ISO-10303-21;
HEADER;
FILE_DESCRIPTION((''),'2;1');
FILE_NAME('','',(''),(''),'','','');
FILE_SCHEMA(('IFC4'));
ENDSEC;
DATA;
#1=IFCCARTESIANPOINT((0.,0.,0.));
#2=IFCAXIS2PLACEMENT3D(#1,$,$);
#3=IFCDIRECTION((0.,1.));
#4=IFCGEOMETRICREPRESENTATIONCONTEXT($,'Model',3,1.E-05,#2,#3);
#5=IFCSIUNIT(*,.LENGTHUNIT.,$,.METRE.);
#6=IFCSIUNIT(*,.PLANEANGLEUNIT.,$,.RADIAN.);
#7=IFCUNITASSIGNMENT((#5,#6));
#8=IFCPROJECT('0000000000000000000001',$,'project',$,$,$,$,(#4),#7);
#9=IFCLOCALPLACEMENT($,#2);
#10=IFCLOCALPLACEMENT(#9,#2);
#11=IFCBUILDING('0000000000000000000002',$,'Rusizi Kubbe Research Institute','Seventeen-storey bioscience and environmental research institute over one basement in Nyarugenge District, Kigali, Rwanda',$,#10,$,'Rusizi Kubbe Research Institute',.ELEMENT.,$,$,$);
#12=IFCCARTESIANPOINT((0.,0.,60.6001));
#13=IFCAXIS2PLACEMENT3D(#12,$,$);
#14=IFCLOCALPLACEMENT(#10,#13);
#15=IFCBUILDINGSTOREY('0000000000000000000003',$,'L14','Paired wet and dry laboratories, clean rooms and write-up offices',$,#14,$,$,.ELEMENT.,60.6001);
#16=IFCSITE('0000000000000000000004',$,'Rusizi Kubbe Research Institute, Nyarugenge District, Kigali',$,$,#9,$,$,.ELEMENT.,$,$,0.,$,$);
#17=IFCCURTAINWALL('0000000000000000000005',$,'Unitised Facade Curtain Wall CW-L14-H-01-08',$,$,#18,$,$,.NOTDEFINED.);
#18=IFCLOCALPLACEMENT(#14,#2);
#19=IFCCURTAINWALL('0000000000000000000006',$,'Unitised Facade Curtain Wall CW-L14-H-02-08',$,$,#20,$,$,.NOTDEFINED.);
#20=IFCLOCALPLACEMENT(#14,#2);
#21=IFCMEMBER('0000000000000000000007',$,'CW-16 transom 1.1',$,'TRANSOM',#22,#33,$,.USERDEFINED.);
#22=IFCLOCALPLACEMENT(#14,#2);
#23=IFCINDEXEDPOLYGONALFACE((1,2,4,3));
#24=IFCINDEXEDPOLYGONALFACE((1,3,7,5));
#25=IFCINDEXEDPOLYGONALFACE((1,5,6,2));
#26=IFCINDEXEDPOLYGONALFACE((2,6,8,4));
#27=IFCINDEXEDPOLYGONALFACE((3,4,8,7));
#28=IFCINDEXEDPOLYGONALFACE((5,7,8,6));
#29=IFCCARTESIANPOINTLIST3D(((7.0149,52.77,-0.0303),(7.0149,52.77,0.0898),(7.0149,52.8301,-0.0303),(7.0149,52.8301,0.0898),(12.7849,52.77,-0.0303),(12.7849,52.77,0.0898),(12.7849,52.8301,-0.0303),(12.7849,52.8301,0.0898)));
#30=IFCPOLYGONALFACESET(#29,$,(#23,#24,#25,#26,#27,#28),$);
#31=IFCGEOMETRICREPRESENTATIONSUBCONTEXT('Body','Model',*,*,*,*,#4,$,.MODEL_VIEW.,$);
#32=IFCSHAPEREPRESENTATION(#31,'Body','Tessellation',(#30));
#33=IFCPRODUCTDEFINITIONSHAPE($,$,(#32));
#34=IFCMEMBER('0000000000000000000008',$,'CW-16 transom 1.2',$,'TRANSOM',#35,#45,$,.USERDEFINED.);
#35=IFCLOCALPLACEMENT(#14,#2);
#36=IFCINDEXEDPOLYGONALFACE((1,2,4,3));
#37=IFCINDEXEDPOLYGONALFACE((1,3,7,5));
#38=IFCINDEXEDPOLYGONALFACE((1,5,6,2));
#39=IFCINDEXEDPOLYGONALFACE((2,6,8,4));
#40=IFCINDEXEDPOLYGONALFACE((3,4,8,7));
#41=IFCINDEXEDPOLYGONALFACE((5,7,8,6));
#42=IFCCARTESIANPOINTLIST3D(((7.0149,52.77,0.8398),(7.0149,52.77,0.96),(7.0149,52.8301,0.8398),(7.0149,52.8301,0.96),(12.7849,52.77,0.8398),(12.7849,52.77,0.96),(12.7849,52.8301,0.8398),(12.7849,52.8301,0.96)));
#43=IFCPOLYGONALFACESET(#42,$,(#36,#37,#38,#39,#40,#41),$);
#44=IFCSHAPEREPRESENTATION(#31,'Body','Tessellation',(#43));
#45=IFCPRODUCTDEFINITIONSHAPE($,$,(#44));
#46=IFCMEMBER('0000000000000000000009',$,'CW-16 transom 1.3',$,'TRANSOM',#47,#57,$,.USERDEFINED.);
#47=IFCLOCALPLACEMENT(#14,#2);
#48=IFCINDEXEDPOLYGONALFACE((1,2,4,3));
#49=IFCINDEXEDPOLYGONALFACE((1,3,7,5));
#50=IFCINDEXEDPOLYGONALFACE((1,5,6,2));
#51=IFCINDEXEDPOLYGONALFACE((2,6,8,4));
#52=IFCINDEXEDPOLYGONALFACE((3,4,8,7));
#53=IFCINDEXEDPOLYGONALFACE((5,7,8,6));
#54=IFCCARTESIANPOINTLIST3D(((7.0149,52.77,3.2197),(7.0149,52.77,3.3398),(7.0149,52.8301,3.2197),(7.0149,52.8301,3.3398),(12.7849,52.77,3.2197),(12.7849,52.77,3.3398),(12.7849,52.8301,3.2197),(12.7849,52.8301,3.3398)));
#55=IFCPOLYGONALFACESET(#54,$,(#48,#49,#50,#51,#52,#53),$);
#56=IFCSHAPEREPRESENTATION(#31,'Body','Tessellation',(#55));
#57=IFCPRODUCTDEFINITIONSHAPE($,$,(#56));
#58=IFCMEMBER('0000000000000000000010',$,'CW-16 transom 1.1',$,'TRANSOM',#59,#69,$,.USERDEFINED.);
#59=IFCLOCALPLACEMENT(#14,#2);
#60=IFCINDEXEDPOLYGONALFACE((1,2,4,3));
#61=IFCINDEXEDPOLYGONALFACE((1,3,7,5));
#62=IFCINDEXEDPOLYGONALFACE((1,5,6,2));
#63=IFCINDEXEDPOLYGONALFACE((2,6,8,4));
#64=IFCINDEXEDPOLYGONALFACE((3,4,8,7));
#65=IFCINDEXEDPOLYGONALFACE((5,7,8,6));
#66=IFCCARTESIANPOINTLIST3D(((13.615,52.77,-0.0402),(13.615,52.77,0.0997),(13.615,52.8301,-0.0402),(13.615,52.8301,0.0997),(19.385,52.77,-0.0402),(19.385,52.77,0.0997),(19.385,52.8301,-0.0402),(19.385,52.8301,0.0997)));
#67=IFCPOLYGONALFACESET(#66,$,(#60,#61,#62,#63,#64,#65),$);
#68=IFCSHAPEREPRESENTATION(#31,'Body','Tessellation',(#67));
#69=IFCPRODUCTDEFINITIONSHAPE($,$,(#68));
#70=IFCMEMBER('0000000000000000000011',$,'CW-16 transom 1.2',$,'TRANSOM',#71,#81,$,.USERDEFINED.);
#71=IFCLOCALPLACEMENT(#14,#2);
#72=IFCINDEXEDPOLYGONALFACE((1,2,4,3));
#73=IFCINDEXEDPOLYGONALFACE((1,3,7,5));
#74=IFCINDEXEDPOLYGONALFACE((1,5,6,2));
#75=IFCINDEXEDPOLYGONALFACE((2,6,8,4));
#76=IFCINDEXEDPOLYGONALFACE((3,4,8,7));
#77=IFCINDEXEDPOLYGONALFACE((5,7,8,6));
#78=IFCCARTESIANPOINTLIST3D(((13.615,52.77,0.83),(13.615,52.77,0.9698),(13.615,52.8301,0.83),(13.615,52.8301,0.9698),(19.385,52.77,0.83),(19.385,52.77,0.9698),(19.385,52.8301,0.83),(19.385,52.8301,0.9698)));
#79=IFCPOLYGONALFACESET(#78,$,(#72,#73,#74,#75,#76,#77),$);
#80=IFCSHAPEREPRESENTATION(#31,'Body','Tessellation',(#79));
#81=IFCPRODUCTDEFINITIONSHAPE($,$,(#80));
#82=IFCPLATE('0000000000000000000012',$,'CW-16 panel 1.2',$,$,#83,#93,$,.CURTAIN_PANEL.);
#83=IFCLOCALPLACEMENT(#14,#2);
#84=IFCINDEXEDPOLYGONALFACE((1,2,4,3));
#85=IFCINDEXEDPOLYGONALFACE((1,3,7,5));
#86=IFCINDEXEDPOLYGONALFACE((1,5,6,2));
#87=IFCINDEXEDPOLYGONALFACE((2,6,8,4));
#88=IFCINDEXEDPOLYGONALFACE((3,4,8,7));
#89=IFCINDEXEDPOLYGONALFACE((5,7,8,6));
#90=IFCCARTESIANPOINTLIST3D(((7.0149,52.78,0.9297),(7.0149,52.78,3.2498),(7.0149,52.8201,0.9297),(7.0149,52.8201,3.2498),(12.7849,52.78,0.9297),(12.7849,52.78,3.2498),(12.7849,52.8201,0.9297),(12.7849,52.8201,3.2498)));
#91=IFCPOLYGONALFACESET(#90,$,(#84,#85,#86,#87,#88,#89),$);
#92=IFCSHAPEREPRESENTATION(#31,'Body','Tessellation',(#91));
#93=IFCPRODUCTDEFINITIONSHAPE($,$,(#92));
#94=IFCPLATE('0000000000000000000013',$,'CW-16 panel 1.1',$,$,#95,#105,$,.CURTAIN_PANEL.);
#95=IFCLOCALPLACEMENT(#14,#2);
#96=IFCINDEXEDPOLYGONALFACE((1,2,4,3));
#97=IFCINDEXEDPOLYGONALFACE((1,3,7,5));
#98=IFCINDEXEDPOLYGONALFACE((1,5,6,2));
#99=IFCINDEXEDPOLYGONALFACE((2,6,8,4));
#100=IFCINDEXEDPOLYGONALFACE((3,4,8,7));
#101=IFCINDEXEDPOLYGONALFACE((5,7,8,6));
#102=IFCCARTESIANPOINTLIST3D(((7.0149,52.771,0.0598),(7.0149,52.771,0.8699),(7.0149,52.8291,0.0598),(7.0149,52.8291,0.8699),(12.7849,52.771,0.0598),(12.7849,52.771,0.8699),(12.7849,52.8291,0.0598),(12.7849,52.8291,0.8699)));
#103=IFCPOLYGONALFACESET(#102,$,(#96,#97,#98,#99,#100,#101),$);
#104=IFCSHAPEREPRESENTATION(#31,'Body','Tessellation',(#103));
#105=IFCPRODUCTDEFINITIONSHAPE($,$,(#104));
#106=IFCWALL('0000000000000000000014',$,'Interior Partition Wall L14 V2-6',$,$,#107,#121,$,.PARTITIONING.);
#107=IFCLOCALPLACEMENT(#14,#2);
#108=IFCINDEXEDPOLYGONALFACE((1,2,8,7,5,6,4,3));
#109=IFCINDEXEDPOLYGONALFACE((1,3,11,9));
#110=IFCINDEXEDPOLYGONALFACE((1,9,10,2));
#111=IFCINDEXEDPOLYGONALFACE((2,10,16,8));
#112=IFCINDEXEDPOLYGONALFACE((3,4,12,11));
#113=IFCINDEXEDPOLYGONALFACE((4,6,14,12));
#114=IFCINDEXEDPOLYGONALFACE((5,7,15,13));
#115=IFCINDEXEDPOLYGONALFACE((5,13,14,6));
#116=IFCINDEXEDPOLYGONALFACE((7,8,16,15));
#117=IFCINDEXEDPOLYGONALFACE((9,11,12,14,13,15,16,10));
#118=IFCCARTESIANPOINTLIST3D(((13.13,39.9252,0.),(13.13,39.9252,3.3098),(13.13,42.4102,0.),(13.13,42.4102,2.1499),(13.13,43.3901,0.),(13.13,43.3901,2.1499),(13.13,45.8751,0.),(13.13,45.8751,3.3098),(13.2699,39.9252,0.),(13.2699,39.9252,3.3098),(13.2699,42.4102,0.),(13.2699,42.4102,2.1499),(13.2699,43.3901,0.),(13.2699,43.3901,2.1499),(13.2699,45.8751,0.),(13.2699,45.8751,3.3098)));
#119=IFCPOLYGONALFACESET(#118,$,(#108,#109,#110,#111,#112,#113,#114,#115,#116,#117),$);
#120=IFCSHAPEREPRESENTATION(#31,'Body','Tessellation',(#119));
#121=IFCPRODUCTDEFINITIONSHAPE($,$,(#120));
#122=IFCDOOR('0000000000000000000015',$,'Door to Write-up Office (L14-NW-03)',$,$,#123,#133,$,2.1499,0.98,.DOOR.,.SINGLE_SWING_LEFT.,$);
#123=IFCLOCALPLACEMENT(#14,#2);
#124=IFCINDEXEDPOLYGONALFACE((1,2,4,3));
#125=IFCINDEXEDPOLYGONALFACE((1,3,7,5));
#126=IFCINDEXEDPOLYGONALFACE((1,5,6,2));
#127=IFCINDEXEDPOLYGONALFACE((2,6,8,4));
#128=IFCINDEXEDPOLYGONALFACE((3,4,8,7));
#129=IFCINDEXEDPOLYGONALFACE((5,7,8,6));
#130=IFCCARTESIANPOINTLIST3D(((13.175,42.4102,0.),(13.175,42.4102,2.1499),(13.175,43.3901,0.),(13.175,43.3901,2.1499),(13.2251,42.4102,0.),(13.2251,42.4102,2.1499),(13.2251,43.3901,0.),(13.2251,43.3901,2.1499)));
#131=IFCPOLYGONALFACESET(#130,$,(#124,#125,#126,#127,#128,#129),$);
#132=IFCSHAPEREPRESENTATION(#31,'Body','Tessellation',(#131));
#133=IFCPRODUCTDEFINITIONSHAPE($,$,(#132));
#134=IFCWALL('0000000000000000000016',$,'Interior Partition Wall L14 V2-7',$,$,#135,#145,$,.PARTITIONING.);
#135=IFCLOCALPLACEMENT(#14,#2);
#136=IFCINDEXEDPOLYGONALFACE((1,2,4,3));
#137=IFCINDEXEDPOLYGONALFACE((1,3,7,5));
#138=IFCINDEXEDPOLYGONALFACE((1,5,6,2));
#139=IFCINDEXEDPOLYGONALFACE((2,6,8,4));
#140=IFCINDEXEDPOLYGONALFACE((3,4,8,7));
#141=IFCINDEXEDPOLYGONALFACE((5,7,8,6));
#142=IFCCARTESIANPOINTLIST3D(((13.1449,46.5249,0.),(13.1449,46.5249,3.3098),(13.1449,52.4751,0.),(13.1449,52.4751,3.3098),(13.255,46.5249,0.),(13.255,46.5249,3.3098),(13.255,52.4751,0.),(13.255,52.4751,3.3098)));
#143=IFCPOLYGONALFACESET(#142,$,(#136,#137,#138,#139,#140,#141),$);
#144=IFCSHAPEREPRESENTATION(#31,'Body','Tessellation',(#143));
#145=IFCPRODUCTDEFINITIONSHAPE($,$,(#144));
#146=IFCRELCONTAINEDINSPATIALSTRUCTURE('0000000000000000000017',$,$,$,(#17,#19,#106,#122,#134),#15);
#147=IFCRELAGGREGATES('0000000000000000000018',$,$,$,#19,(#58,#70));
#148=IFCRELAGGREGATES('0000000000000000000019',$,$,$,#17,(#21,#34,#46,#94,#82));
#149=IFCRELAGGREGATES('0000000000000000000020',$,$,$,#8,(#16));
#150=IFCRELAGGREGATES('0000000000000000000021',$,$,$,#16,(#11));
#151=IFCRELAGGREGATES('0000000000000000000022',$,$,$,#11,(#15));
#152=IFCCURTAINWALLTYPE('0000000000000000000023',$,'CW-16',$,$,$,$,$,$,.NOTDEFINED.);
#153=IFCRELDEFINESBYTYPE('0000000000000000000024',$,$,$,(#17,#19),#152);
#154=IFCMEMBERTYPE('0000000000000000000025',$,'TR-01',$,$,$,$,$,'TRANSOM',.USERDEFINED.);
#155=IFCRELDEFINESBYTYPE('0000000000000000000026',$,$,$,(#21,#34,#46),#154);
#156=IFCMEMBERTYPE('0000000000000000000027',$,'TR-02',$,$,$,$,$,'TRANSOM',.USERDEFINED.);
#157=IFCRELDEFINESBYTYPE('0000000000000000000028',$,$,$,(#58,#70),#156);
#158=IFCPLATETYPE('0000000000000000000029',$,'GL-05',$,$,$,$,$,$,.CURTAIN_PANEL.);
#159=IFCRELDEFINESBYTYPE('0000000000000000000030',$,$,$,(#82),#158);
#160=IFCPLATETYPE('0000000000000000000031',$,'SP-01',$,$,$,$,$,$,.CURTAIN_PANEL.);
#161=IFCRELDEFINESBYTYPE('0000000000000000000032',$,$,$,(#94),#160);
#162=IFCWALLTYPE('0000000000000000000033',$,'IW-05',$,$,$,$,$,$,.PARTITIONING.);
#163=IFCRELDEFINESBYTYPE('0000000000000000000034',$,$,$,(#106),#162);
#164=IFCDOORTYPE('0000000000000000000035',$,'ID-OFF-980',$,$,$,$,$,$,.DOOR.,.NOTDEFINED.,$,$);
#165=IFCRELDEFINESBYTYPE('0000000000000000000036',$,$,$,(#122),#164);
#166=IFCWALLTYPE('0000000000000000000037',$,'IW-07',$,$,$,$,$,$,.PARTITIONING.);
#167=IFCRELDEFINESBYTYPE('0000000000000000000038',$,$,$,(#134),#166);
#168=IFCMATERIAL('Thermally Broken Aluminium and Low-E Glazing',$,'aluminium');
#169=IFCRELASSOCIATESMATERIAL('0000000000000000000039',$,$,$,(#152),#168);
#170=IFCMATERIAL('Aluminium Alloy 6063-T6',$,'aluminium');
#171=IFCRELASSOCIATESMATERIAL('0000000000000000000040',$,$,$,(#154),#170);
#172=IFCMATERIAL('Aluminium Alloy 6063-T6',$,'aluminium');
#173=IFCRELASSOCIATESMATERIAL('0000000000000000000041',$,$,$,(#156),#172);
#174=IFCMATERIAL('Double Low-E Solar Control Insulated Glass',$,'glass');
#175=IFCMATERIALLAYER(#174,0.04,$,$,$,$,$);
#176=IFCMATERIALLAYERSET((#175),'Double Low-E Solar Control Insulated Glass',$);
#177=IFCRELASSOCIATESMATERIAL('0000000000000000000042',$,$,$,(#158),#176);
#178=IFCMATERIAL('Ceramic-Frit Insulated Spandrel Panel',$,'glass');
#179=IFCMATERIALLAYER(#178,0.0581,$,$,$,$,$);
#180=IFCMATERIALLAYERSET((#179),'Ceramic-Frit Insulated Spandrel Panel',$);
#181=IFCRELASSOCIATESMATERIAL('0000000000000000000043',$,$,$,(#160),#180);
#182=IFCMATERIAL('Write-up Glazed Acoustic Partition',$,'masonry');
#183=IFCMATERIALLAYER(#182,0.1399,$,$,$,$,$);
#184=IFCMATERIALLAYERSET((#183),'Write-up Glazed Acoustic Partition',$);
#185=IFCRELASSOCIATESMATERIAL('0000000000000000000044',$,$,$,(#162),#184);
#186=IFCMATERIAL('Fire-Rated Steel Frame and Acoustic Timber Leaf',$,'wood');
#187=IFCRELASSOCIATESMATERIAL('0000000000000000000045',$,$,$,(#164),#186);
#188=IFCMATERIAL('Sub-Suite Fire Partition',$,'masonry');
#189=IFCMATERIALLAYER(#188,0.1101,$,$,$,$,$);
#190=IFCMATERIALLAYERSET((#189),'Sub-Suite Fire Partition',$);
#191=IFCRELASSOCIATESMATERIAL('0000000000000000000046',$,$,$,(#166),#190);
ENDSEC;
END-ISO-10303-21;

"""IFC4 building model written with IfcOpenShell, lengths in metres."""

from ifc_helpers import new_model, si_unit, direction, frame, frame_2d, origin, origin_2d, place, context, subcontext, project, spatial, rectangle, extrude, material, layer, layer_set, material_profile, profile_set, type_object, element, fill, aggregate, save


model = new_model("IFC4")

# Units and contexts
model_context = context("Model", 3, precision=1e-05, world=origin(), true_north=direction((0.0, 1.0)))
body_context = subcontext(model_context, "Body", "Model", "MODEL_VIEW")
ifc_project = project(units=[si_unit("LENGTHUNIT", "METRE"), si_unit("PLANEANGLEUNIT", "RADIAN")], contexts=[model_context])

# Site, building, storey
site_placement = place(None, origin())
site = spatial("IfcSite", under=ifc_project, at=site_placement, Name="Rusizi Kubbe Research Institute, Nyarugenge District, Kigali", CompositionType="ELEMENT", RefElevation=0.0)
building_placement = place(site_placement, origin())
building = spatial("IfcBuilding", under=site, at=building_placement, Name="Rusizi Kubbe Research Institute", Description="Seventeen-storey bioscience and environmental research institute over one basement in Nyarugenge District, Kigali, Rwanda", LongName="Rusizi Kubbe Research Institute", CompositionType="ELEMENT")
storey_placement = place(building_placement, frame((0.0, 0.0, 60.6001)))
storey = spatial("IfcBuildingStorey", under=building, at=storey_placement, Name="L14", Description="Paired wet and dry laboratories, clean rooms and write-up offices", CompositionType="ELEMENT", Elevation=60.6001)

# Curtain wall
ifc_material_1 = material(Name="Thermally Broken Aluminium and Low-E Glazing", Category="aluminium")
curtain_wall_type = type_object("IfcCurtainWallType", Name="CW-16", PredefinedType="NOTDEFINED", material=ifc_material_1)
curtain_wall_1_placement = place(storey_placement, origin())
curtain_wall_1 = element("IfcCurtainWall", 1, at=curtain_wall_1_placement, inside=storey, type_object=curtain_wall_type, Name="Unitised Facade Curtain Wall CW-L14-H-01-08", PredefinedType="NOTDEFINED")

# Curtain wall
curtain_wall_2_placement = place(storey_placement, origin())
curtain_wall_2 = element("IfcCurtainWall", 2, at=curtain_wall_2_placement, inside=storey, type_object=curtain_wall_type, Name="Unitised Facade Curtain Wall CW-L14-H-02-08", PredefinedType="NOTDEFINED")

# Members
ifc_material_2 = material(Name="Aluminium Alloy 6063-T6", Category="aluminium")
ifc_material_profile_1 = material_profile(ifc_material_2, rectangle(XDim=0.0601, YDim=0.1201, at=origin_2d()), Name="ALU-T 60x120")
ifc_profile_set_1 = profile_set([ifc_material_profile_1], Name="Aluminium Alloy 6063-T6")
member_type_1 = type_object("IfcMemberType", Name="TR-01", ElementType="TRANSOM", PredefinedType="USERDEFINED", material=ifc_profile_set_1)
member_1_placement = place(storey_placement, frame((7.0149, 52.8, 0.0298), z_axis=(1.0, 0.0, 0.0), x_axis=(0.0, 1.0, 0.0)))
member_1 = element("IfcMember", 3, at=member_1_placement, type_object=member_type_1, Name="CW-16 transom 1.1", ObjectType="TRANSOM", PredefinedType="USERDEFINED", context=body_context, shape_type="SweptSolid", body=[
    extrude(rectangle(XDim=0.0601, YDim=0.1201, at=origin_2d()), origin(), (0.0, 0.0, 1.0), 5.77),
])
member_2_placement = place(storey_placement, frame((7.0149, 52.8, 0.8999), z_axis=(1.0, 0.0, 0.0), x_axis=(0.0, 1.0, 0.0)))
member_2 = element("IfcMember", 4, at=member_2_placement, type_object=member_type_1, Name="CW-16 transom 1.2", ObjectType="TRANSOM", PredefinedType="USERDEFINED", context=body_context, shape_type="SweptSolid", body=[
    extrude(rectangle(XDim=0.0601, YDim=0.1201, at=origin_2d()), origin(), (0.0, 0.0, 1.0), 5.77),
])
member_3_placement = place(storey_placement, frame((7.0149, 52.8, 3.2798), z_axis=(1.0, 0.0, 0.0), x_axis=(0.0, 1.0, 0.0)))
member_3 = element("IfcMember", 5, at=member_3_placement, type_object=member_type_1, Name="CW-16 transom 1.3", ObjectType="TRANSOM", PredefinedType="USERDEFINED", context=body_context, shape_type="SweptSolid", body=[
    extrude(rectangle(XDim=0.0601, YDim=0.1201, at=origin_2d()), origin(), (0.0, 0.0, 1.0), 5.77),
])
ifc_material_3 = material(Name="Aluminium Alloy 6063-T6", Category="aluminium")
ifc_material_profile_2 = material_profile(ifc_material_3, rectangle(XDim=0.0601, YDim=0.1399, at=origin_2d()), Name="ALU-T 60x140")
ifc_profile_set_2 = profile_set([ifc_material_profile_2], Name="Aluminium Alloy 6063-T6")
member_type_2 = type_object("IfcMemberType", Name="TR-02", ElementType="TRANSOM", PredefinedType="USERDEFINED", material=ifc_profile_set_2)
member_4_placement = place(storey_placement, frame((13.615, 52.8, 0.0298), z_axis=(1.0, 0.0, 0.0), x_axis=(0.0, 1.0, 0.0)))
member_4 = element("IfcMember", 6, at=member_4_placement, type_object=member_type_2, Name="CW-16 transom 1.1", ObjectType="TRANSOM", PredefinedType="USERDEFINED", context=body_context, shape_type="SweptSolid", body=[
    extrude(rectangle(XDim=0.0601, YDim=0.1399, at=origin_2d()), origin(), (0.0, 0.0, 1.0), 5.77),
])
member_5_placement = place(storey_placement, frame((13.615, 52.8, 0.8999), z_axis=(1.0, 0.0, 0.0), x_axis=(0.0, 1.0, 0.0)))
member_5 = element("IfcMember", 7, at=member_5_placement, type_object=member_type_2, Name="CW-16 transom 1.2", ObjectType="TRANSOM", PredefinedType="USERDEFINED", context=body_context, shape_type="SweptSolid", body=[
    extrude(rectangle(XDim=0.0601, YDim=0.1399, at=origin_2d()), origin(), (0.0, 0.0, 1.0), 5.77),
])
aggregate(curtain_wall_2, [member_4, member_5])

# Plates
ifc_material_4 = material(Name="Double Low-E Solar Control Insulated Glass", Category="glass")
ifc_layer_1 = layer(ifc_material_4, 0.04)
ifc_layer_set_1 = layer_set([ifc_layer_1], Name="Double Low-E Solar Control Insulated Glass")
plate_type_1 = type_object("IfcPlateType", Name="GL-05", PredefinedType="CURTAIN_PANEL", material=ifc_layer_set_1)
plate_1_placement = place(storey_placement, frame((9.8999, 52.8, 0.9297), z_axis=(0.0, 0.0, 1.0), x_axis=(1.0, 0.0, 0.0)))
plate_1 = element("IfcPlate", 8, at=plate_1_placement, type_object=plate_type_1, Name="CW-16 panel 1.2", PredefinedType="CURTAIN_PANEL", context=body_context, shape_type="SweptSolid", body=[
    extrude(rectangle(XDim=5.77, YDim=0.04, at=origin_2d()), origin(), (0.0, 0.0, 1.0), 2.3201),
])
ifc_material_5 = material(Name="Ceramic-Frit Insulated Spandrel Panel", Category="glass")
ifc_layer_2 = layer(ifc_material_5, 0.0581)
ifc_layer_set_2 = layer_set([ifc_layer_2], Name="Ceramic-Frit Insulated Spandrel Panel")
plate_type_2 = type_object("IfcPlateType", Name="SP-01", PredefinedType="CURTAIN_PANEL", material=ifc_layer_set_2)
plate_2_placement = place(storey_placement, frame((9.8999, 52.8, 0.0598), z_axis=(0.0, 0.0, 1.0), x_axis=(1.0, 0.0, 0.0)))
plate_2 = element("IfcPlate", 9, at=plate_2_placement, type_object=plate_type_2, Name="CW-16 panel 1.1", PredefinedType="CURTAIN_PANEL", context=body_context, shape_type="SweptSolid", body=[
    extrude(rectangle(XDim=5.77, YDim=0.0581, at=origin_2d()), origin(), (0.0, 0.0, 1.0), 0.8101),
])
aggregate(curtain_wall_1, [member_1, member_2, member_3, plate_2, plate_1])

# Wall, opening, door
ifc_material_6 = material(Name="Write-up Glazed Acoustic Partition", Category="masonry")
ifc_layer_3 = layer(ifc_material_6, 0.1399)
ifc_layer_set_3 = layer_set([ifc_layer_3], Name="Write-up Glazed Acoustic Partition")
wall_type_1 = type_object("IfcWallType", Name="IW-05", PredefinedType="PARTITIONING", material=ifc_layer_set_3)
wall_1_placement = place(storey_placement, frame((13.2, 39.925, 0.0), z_axis=(0.0, 0.0, 1.0), x_axis=(0.0, 1.0, 0.0)))
wall_1 = element("IfcWall", 10, at=wall_1_placement, inside=storey, type_object=wall_type_1, Name="Interior Partition Wall L14 V2-6", PredefinedType="PARTITIONING", context=body_context, shape_type="SweptSolid", body=[
    extrude(rectangle(XDim=5.95, YDim=0.1399, at=frame_2d((2.9751, 0.0))), origin(), (0.0, 0.0, 1.0), 3.3098),
])
opening_placement = place(wall_1_placement, frame((2.4851, 0.0, 0.0)))
opening = element("IfcOpeningElement", 11, at=opening_placement, cuts=wall_1, PredefinedType="OPENING", context=body_context, shape_type="SweptSolid", body=[
    extrude(rectangle(XDim=0.98, YDim=2.1499, at=frame_2d((0.49, 1.075))), frame((0.0, 0.0798, 0.0), z_axis=(0.0, -1.0, 0.0), x_axis=(1.0, 0.0, 0.0)), (0.0, 0.0, 1.0), 0.1599),
])
ifc_material_7 = material(Name="Fire-Rated Steel Frame and Acoustic Timber Leaf", Category="wood")
door_type = type_object("IfcDoorType", Name="ID-OFF-980", OperationType="NOTDEFINED", PredefinedType="DOOR", material=ifc_material_7)
door_placement = place(opening_placement, origin())
door = element("IfcDoor", 12, at=door_placement, inside=storey, type_object=door_type, Name="Door to Write-up Office (L14-NW-03)", OperationType="SINGLE_SWING_LEFT", OverallHeight=2.1499, OverallWidth=0.98, PredefinedType="DOOR", context=body_context, shape_type="SweptSolid", body=[
    extrude(rectangle(XDim=0.98, YDim=2.1499, at=frame_2d((0.49, 1.075))), frame((0.0, 0.0249, 0.0), z_axis=(0.0, -1.0, 0.0), x_axis=(1.0, 0.0, 0.0)), (0.0, 0.0, 1.0), 0.05),
])
fill(opening, door)

# Wall
ifc_material_8 = material(Name="Sub-Suite Fire Partition", Category="masonry")
ifc_layer_4 = layer(ifc_material_8, 0.1101)
ifc_layer_set_4 = layer_set([ifc_layer_4], Name="Sub-Suite Fire Partition")
wall_type_2 = type_object("IfcWallType", Name="IW-07", PredefinedType="PARTITIONING", material=ifc_layer_set_4)
wall_2_placement = place(storey_placement, frame((13.2, 46.5249, 0.0), z_axis=(0.0, 0.0, 1.0), x_axis=(0.0, 1.0, 0.0)))
element("IfcWall", 13, at=wall_2_placement, inside=storey, type_object=wall_type_2, Name="Interior Partition Wall L14 V2-7", PredefinedType="PARTITIONING", context=body_context, shape_type="SweptSolid", body=[
    extrude(rectangle(XDim=5.9502, YDim=0.1101, at=frame_2d((2.9751, 0.0))), origin(), (0.0, 0.0, 1.0), 3.3098),
])

save(model, "model.ifc")
